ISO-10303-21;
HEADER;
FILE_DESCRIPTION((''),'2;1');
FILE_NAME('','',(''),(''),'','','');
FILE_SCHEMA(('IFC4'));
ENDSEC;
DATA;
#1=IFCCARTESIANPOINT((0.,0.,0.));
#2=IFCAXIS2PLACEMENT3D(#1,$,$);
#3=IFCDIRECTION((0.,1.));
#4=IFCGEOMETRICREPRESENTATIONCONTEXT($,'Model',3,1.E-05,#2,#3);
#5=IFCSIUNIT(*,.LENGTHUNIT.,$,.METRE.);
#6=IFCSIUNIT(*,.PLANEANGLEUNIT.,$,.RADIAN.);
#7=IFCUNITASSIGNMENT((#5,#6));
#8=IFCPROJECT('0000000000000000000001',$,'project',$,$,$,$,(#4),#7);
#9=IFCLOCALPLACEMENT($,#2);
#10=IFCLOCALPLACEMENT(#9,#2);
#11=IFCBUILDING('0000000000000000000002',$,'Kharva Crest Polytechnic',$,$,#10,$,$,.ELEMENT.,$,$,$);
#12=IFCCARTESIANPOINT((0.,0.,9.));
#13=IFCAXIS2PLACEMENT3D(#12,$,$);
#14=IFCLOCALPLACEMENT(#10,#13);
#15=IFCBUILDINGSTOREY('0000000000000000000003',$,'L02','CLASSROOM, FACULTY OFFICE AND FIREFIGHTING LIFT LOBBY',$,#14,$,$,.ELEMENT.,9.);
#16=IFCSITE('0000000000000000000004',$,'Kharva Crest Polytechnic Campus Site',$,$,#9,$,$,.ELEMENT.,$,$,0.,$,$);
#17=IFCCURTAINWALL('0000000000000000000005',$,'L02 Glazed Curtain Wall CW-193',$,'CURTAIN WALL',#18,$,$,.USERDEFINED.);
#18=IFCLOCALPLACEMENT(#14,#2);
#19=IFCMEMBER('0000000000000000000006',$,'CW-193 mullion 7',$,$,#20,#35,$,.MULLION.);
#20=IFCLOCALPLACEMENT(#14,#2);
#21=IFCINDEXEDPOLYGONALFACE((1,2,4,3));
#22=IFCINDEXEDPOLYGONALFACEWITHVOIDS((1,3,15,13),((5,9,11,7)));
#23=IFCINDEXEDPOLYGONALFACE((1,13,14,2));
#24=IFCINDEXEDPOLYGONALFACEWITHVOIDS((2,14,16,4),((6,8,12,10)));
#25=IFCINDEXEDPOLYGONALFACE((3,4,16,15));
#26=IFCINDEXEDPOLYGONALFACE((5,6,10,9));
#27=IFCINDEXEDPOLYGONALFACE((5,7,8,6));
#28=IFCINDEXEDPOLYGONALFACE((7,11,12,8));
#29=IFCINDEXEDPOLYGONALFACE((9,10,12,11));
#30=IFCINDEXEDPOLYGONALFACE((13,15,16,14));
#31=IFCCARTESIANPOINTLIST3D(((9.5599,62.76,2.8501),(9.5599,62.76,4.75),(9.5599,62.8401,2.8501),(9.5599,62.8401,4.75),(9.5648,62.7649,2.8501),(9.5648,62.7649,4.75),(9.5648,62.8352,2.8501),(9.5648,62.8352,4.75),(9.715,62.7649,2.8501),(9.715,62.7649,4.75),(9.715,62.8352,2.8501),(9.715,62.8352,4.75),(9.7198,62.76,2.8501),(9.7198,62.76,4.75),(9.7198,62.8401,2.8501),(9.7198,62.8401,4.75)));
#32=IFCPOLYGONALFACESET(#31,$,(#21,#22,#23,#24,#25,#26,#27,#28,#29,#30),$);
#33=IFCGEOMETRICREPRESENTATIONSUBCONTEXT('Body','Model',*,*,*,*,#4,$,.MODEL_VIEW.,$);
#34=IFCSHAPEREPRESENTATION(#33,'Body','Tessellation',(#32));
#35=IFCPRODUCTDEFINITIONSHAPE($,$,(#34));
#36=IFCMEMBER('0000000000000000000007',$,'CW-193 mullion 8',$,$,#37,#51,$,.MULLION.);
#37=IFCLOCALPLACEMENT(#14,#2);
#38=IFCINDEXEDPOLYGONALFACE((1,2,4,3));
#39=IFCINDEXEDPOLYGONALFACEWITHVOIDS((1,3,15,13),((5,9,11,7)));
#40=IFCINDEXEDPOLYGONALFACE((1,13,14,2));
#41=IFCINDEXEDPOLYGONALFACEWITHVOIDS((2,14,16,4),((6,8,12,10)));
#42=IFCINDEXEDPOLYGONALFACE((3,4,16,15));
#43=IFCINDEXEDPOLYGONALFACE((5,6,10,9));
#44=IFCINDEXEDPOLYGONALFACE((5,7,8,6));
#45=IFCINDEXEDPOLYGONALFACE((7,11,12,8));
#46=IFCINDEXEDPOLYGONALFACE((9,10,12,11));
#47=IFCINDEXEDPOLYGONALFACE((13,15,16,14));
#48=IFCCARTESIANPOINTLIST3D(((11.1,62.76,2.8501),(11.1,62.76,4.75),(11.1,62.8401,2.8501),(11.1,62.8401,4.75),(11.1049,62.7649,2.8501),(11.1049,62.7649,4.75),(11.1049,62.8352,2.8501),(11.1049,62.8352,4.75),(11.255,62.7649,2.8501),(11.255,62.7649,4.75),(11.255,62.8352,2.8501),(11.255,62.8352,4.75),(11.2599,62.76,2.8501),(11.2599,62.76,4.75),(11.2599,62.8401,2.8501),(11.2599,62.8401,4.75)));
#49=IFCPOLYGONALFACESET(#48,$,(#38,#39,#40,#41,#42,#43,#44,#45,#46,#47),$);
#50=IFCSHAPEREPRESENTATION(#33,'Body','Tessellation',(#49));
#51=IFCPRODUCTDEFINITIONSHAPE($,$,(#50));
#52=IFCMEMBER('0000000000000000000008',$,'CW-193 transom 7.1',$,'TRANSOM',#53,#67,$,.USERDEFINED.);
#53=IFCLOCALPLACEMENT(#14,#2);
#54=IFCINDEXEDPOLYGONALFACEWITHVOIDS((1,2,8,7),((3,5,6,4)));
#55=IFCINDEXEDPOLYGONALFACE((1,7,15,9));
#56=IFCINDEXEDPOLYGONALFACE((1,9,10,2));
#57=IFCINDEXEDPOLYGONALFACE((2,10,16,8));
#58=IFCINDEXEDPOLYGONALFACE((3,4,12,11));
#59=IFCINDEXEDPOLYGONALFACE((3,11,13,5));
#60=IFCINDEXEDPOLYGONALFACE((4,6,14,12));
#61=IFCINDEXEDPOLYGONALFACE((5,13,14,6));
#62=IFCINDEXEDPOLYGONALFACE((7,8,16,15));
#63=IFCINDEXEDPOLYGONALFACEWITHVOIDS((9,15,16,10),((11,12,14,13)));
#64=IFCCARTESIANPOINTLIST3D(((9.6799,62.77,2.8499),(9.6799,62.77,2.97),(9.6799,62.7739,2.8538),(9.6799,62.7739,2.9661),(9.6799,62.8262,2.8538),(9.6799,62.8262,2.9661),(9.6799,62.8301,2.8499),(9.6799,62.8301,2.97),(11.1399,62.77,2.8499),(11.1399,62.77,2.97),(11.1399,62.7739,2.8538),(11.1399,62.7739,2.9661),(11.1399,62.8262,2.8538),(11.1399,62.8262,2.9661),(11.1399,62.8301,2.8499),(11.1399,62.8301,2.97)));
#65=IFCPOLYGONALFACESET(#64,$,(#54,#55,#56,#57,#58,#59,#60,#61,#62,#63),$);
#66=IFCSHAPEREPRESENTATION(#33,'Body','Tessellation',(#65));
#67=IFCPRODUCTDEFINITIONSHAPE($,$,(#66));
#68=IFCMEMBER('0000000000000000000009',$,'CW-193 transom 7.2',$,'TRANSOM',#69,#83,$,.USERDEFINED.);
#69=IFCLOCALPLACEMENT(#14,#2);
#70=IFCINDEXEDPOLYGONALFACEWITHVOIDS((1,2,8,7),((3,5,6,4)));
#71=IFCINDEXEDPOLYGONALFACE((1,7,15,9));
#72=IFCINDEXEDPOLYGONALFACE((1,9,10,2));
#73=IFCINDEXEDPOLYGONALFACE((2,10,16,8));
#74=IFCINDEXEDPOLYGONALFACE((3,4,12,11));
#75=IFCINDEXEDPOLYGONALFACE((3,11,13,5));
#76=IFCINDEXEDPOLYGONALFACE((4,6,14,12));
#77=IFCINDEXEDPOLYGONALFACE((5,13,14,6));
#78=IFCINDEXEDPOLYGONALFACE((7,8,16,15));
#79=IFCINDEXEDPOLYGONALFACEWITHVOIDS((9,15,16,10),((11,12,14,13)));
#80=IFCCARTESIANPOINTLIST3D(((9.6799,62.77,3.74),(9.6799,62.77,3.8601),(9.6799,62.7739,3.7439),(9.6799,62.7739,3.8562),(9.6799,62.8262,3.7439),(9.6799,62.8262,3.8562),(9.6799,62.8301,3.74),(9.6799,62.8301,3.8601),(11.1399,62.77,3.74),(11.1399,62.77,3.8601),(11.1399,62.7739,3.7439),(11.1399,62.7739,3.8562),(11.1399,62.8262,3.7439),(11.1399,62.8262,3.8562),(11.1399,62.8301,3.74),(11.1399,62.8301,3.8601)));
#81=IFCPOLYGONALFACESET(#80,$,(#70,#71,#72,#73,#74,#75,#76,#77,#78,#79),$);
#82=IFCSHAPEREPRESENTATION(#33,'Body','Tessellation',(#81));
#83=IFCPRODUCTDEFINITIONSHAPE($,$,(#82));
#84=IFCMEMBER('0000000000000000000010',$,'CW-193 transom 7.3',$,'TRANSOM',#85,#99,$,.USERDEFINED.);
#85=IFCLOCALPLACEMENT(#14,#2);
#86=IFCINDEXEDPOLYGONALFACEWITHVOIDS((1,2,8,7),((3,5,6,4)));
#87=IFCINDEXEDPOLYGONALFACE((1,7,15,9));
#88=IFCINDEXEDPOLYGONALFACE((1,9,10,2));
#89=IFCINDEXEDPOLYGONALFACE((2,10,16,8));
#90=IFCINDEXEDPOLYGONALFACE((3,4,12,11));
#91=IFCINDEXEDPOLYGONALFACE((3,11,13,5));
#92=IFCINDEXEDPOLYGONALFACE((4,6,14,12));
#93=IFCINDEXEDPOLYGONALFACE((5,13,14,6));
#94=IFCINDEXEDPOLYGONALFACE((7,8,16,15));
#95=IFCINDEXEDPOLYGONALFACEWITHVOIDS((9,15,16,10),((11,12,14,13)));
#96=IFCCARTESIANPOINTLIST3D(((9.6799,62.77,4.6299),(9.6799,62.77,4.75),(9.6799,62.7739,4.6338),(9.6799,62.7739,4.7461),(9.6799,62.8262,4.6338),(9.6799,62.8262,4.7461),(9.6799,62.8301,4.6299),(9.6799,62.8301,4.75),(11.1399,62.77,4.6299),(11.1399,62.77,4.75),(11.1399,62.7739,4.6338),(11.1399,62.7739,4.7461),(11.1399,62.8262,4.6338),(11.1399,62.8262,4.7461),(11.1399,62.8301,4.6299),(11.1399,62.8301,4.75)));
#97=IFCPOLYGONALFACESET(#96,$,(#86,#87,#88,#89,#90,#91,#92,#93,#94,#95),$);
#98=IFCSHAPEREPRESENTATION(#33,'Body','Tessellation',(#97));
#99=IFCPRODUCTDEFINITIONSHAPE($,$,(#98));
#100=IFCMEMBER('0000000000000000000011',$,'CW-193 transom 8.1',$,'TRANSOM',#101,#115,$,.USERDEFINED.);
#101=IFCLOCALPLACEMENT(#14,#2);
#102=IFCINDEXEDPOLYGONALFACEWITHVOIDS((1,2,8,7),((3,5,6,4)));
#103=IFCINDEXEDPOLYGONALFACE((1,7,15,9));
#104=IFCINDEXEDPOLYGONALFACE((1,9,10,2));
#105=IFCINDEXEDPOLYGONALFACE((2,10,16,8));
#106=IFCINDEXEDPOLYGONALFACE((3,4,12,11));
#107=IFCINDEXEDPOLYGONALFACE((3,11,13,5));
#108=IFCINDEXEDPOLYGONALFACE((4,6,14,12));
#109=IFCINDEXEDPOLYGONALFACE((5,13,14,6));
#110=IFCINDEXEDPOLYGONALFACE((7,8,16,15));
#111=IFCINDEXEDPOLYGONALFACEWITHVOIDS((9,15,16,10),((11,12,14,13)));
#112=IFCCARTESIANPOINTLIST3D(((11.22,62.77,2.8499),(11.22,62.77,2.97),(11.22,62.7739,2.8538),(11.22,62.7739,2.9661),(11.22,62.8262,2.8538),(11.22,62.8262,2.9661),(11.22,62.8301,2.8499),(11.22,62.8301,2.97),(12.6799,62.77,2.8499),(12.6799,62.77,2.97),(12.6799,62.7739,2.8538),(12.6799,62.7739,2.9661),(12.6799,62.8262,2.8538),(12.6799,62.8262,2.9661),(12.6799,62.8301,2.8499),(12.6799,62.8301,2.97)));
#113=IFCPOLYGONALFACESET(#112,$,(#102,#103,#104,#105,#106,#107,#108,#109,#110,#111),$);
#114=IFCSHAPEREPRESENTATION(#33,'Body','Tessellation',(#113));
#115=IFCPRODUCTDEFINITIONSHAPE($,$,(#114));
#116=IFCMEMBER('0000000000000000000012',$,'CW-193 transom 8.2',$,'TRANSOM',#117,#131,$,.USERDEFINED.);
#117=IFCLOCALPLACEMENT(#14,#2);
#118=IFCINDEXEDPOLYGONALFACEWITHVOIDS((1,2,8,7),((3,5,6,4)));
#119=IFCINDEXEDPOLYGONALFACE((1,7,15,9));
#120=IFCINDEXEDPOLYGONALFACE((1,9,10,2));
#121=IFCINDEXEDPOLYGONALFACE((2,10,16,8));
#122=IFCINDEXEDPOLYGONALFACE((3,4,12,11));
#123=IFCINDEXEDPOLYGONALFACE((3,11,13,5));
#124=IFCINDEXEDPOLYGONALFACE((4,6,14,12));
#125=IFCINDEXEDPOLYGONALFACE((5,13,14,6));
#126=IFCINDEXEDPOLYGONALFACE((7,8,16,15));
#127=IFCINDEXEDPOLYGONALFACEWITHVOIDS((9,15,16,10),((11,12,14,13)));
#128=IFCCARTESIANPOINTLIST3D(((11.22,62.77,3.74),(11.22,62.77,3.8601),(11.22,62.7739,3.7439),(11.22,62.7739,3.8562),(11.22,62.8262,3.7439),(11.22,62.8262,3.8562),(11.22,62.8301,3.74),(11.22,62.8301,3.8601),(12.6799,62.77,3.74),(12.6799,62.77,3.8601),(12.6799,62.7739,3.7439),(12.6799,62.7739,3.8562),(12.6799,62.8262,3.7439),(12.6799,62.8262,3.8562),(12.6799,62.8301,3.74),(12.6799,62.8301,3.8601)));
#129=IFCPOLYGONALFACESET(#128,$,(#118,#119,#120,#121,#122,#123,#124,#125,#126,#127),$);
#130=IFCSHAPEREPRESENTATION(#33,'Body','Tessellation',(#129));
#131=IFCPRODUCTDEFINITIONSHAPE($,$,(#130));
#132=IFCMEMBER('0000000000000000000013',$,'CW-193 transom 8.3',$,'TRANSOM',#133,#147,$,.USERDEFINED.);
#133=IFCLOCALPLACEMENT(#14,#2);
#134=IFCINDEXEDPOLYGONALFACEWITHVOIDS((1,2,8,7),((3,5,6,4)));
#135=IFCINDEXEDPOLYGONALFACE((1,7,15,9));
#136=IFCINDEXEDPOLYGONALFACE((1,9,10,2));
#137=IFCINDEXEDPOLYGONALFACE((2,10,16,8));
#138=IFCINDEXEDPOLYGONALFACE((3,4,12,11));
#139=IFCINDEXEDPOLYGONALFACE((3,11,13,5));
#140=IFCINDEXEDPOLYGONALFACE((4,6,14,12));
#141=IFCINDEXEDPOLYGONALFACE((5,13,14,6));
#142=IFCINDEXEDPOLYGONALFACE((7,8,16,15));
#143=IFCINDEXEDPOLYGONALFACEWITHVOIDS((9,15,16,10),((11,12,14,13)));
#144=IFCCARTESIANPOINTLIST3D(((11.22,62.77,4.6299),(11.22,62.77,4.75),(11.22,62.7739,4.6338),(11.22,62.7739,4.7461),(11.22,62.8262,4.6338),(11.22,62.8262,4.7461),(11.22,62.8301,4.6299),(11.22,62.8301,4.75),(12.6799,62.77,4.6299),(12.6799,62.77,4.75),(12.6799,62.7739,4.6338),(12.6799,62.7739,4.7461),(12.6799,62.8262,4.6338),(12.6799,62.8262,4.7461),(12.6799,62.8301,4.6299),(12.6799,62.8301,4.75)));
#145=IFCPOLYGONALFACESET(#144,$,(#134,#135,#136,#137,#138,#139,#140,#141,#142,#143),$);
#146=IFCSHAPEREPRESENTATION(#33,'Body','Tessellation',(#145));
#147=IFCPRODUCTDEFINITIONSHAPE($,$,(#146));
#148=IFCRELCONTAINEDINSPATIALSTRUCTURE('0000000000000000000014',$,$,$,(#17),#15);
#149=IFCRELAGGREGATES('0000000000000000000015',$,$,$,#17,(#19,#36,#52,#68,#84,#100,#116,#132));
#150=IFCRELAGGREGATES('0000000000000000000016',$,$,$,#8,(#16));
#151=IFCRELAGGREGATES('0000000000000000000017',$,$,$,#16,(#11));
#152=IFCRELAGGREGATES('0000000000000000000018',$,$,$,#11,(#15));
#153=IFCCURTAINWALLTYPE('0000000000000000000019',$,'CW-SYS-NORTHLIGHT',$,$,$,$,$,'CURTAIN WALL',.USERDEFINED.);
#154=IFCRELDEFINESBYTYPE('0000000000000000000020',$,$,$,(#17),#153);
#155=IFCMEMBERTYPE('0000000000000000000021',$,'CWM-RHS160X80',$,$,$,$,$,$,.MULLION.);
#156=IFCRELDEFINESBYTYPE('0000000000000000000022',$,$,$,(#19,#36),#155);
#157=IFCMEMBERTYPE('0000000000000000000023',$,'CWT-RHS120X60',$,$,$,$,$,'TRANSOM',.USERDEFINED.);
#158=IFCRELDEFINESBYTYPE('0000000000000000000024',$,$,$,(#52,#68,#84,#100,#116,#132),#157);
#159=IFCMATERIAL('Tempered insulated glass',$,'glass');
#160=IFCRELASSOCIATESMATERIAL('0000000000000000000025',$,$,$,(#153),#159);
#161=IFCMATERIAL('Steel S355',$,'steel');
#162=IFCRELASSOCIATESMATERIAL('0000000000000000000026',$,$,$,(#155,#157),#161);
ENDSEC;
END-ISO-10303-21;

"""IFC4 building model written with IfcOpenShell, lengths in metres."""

from ifc_helpers import new_model, si_unit, direction, frame, origin, origin_2d, place, context, subcontext, project, spatial, hollow_rectangle, extrude, material, material_profile, profile_set, type_object, element, aggregate, save


model = new_model("IFC4")

# Units and contexts
model_context = context("Model", 3, precision=1e-05, world=origin(), true_north=direction((0.0, 1.0)))
body_context = subcontext(model_context, "Body", "Model", "MODEL_VIEW")
ifc_project = project(units=[si_unit("LENGTHUNIT", "METRE"), si_unit("PLANEANGLEUNIT", "RADIAN")], contexts=[model_context])

# Site, building, storey
site_placement = place(None, origin())
site = spatial("IfcSite", under=ifc_project, at=site_placement, Name="Kharva Crest Polytechnic Campus Site", CompositionType="ELEMENT", RefElevation=0.0)
building_placement = place(site_placement, origin())
building = spatial("IfcBuilding", under=site, at=building_placement, Name="Kharva Crest Polytechnic", CompositionType="ELEMENT")
storey_placement = place(building_placement, frame((0.0, 0.0, 9.0)))
storey = spatial("IfcBuildingStorey", under=building, at=storey_placement, Name="L02", Description="CLASSROOM, FACULTY OFFICE AND FIREFIGHTING LIFT LOBBY", CompositionType="ELEMENT", Elevation=9.0)

# Curtain wall, members
ifc_material_1 = material(Name="Tempered insulated glass", Category="glass")
curtain_wall_type = type_object("IfcCurtainWallType", Name="CW-SYS-NORTHLIGHT", ElementType="CURTAIN WALL", PredefinedType="USERDEFINED", material=ifc_material_1)
curtain_wall_placement = place(storey_placement, origin())
curtain_wall = element("IfcCurtainWall", 1, at=curtain_wall_placement, inside=storey, type_object=curtain_wall_type, Name="L02 Glazed Curtain Wall CW-193", ObjectType="CURTAIN WALL", PredefinedType="USERDEFINED")
ifc_material_2 = material(Name="Steel S355", Category="steel")
ifc_material_profile_1 = material_profile(ifc_material_2, hollow_rectangle(XDim=0.0801, YDim=0.1599, WallThickness=0.0049, at=origin_2d()), Name="RHS 160X80X5.0")
ifc_profile_set_1 = profile_set([ifc_material_profile_1], Name="Steel S355")
member_type_1 = type_object("IfcMemberType", Name="CWM-RHS160X80", PredefinedType="MULLION", material=ifc_profile_set_1)
member_1_placement = place(storey_placement, frame((9.6399, 62.8, 2.8501), z_axis=(0.0, 0.0, 1.0), x_axis=(0.0, 1.0, 0.0)))
member_1 = element("IfcMember", 2, at=member_1_placement, type_object=member_type_1, Name="CW-193 mullion 7", PredefinedType="MULLION", context=body_context, shape_type="SweptSolid", body=[
    extrude(hollow_rectangle(XDim=0.0801, YDim=0.1599, WallThickness=0.0049, at=origin_2d()), origin(), (0.0, 0.0, 1.0), 1.8999),
])
member_2_placement = place(storey_placement, frame((11.1799, 62.8, 2.8501), z_axis=(0.0, 0.0, 1.0), x_axis=(0.0, 1.0, 0.0)))
member_2 = element("IfcMember", 3, at=member_2_placement, type_object=member_type_1, Name="CW-193 mullion 8", PredefinedType="MULLION", context=body_context, shape_type="SweptSolid", body=[
    extrude(hollow_rectangle(XDim=0.0801, YDim=0.1599, WallThickness=0.0049, at=origin_2d()), origin(), (0.0, 0.0, 1.0), 1.8999),
])
ifc_material_profile_2 = material_profile(ifc_material_2, hollow_rectangle(XDim=0.0601, YDim=0.1201, WallThickness=0.0039, at=origin_2d()), Name="RHS 120X60X4.0")
ifc_profile_set_2 = profile_set([ifc_material_profile_2], Name="Steel S355")
member_type_2 = type_object("IfcMemberType", Name="CWT-RHS120X60", ElementType="TRANSOM", PredefinedType="USERDEFINED", material=ifc_profile_set_2)
member_3_placement = place(storey_placement, frame((9.6799, 62.8, 2.9099), z_axis=(1.0, 0.0, 0.0), x_axis=(0.0, 1.0, 0.0)))
member_3 = element("IfcMember", 4, at=member_3_placement, type_object=member_type_2, Name="CW-193 transom 7.1", ObjectType="TRANSOM", PredefinedType="USERDEFINED", context=body_context, shape_type="SweptSolid", body=[
    extrude(hollow_rectangle(XDim=0.0601, YDim=0.1201, WallThickness=0.0039, at=origin_2d()), origin(), (0.0, 0.0, 1.0), 1.46),
])
member_4_placement = place(storey_placement, frame((9.6799, 62.8, 3.8), z_axis=(1.0, 0.0, 0.0), x_axis=(0.0, 1.0, 0.0)))
member_4 = element("IfcMember", 5, at=member_4_placement, type_object=member_type_2, Name="CW-193 transom 7.2", ObjectType="TRANSOM", PredefinedType="USERDEFINED", context=body_context, shape_type="SweptSolid", body=[
    extrude(hollow_rectangle(XDim=0.0601, YDim=0.1201, WallThickness=0.0039, at=origin_2d()), origin(), (0.0, 0.0, 1.0), 1.46),
])
member_5_placement = place(storey_placement, frame((9.6799, 62.8, 4.6899), z_axis=(1.0, 0.0, 0.0), x_axis=(0.0, 1.0, 0.0)))
member_5 = element("IfcMember", 6, at=member_5_placement, type_object=member_type_2, Name="CW-193 transom 7.3", ObjectType="TRANSOM", PredefinedType="USERDEFINED", context=body_context, shape_type="SweptSolid", body=[
    extrude(hollow_rectangle(XDim=0.0601, YDim=0.1201, WallThickness=0.0039, at=origin_2d()), origin(), (0.0, 0.0, 1.0), 1.46),
])
member_6_placement = place(storey_placement, frame((11.22, 62.8, 2.9099), z_axis=(1.0, 0.0, 0.0), x_axis=(0.0, 1.0, 0.0)))
member_6 = element("IfcMember", 7, at=member_6_placement, type_object=member_type_2, Name="CW-193 transom 8.1", ObjectType="TRANSOM", PredefinedType="USERDEFINED", context=body_context, shape_type="SweptSolid", body=[
    extrude(hollow_rectangle(XDim=0.0601, YDim=0.1201, WallThickness=0.0039, at=origin_2d()), origin(), (0.0, 0.0, 1.0), 1.46),
])
member_7_placement = place(storey_placement, frame((11.22, 62.8, 3.8), z_axis=(1.0, 0.0, 0.0), x_axis=(0.0, 1.0, 0.0)))
member_7 = element("IfcMember", 8, at=member_7_placement, type_object=member_type_2, Name="CW-193 transom 8.2", ObjectType="TRANSOM", PredefinedType="USERDEFINED", context=body_context, shape_type="SweptSolid", body=[
    extrude(hollow_rectangle(XDim=0.0601, YDim=0.1201, WallThickness=0.0039, at=origin_2d()), origin(), (0.0, 0.0, 1.0), 1.46),
])
member_8_placement = place(storey_placement, frame((11.22, 62.8, 4.6899), z_axis=(1.0, 0.0, 0.0), x_axis=(0.0, 1.0, 0.0)))
member_8 = element("IfcMember", 9, at=member_8_placement, type_object=member_type_2, Name="CW-193 transom 8.3", ObjectType="TRANSOM", PredefinedType="USERDEFINED", context=body_context, shape_type="SweptSolid", body=[
    extrude(hollow_rectangle(XDim=0.0601, YDim=0.1201, WallThickness=0.0039, at=origin_2d()), origin(), (0.0, 0.0, 1.0), 1.46),
])

aggregate(curtain_wall, [member_1, member_2, member_3, member_4, member_5, member_6, member_7, member_8])

save(model, "model.ifc")
